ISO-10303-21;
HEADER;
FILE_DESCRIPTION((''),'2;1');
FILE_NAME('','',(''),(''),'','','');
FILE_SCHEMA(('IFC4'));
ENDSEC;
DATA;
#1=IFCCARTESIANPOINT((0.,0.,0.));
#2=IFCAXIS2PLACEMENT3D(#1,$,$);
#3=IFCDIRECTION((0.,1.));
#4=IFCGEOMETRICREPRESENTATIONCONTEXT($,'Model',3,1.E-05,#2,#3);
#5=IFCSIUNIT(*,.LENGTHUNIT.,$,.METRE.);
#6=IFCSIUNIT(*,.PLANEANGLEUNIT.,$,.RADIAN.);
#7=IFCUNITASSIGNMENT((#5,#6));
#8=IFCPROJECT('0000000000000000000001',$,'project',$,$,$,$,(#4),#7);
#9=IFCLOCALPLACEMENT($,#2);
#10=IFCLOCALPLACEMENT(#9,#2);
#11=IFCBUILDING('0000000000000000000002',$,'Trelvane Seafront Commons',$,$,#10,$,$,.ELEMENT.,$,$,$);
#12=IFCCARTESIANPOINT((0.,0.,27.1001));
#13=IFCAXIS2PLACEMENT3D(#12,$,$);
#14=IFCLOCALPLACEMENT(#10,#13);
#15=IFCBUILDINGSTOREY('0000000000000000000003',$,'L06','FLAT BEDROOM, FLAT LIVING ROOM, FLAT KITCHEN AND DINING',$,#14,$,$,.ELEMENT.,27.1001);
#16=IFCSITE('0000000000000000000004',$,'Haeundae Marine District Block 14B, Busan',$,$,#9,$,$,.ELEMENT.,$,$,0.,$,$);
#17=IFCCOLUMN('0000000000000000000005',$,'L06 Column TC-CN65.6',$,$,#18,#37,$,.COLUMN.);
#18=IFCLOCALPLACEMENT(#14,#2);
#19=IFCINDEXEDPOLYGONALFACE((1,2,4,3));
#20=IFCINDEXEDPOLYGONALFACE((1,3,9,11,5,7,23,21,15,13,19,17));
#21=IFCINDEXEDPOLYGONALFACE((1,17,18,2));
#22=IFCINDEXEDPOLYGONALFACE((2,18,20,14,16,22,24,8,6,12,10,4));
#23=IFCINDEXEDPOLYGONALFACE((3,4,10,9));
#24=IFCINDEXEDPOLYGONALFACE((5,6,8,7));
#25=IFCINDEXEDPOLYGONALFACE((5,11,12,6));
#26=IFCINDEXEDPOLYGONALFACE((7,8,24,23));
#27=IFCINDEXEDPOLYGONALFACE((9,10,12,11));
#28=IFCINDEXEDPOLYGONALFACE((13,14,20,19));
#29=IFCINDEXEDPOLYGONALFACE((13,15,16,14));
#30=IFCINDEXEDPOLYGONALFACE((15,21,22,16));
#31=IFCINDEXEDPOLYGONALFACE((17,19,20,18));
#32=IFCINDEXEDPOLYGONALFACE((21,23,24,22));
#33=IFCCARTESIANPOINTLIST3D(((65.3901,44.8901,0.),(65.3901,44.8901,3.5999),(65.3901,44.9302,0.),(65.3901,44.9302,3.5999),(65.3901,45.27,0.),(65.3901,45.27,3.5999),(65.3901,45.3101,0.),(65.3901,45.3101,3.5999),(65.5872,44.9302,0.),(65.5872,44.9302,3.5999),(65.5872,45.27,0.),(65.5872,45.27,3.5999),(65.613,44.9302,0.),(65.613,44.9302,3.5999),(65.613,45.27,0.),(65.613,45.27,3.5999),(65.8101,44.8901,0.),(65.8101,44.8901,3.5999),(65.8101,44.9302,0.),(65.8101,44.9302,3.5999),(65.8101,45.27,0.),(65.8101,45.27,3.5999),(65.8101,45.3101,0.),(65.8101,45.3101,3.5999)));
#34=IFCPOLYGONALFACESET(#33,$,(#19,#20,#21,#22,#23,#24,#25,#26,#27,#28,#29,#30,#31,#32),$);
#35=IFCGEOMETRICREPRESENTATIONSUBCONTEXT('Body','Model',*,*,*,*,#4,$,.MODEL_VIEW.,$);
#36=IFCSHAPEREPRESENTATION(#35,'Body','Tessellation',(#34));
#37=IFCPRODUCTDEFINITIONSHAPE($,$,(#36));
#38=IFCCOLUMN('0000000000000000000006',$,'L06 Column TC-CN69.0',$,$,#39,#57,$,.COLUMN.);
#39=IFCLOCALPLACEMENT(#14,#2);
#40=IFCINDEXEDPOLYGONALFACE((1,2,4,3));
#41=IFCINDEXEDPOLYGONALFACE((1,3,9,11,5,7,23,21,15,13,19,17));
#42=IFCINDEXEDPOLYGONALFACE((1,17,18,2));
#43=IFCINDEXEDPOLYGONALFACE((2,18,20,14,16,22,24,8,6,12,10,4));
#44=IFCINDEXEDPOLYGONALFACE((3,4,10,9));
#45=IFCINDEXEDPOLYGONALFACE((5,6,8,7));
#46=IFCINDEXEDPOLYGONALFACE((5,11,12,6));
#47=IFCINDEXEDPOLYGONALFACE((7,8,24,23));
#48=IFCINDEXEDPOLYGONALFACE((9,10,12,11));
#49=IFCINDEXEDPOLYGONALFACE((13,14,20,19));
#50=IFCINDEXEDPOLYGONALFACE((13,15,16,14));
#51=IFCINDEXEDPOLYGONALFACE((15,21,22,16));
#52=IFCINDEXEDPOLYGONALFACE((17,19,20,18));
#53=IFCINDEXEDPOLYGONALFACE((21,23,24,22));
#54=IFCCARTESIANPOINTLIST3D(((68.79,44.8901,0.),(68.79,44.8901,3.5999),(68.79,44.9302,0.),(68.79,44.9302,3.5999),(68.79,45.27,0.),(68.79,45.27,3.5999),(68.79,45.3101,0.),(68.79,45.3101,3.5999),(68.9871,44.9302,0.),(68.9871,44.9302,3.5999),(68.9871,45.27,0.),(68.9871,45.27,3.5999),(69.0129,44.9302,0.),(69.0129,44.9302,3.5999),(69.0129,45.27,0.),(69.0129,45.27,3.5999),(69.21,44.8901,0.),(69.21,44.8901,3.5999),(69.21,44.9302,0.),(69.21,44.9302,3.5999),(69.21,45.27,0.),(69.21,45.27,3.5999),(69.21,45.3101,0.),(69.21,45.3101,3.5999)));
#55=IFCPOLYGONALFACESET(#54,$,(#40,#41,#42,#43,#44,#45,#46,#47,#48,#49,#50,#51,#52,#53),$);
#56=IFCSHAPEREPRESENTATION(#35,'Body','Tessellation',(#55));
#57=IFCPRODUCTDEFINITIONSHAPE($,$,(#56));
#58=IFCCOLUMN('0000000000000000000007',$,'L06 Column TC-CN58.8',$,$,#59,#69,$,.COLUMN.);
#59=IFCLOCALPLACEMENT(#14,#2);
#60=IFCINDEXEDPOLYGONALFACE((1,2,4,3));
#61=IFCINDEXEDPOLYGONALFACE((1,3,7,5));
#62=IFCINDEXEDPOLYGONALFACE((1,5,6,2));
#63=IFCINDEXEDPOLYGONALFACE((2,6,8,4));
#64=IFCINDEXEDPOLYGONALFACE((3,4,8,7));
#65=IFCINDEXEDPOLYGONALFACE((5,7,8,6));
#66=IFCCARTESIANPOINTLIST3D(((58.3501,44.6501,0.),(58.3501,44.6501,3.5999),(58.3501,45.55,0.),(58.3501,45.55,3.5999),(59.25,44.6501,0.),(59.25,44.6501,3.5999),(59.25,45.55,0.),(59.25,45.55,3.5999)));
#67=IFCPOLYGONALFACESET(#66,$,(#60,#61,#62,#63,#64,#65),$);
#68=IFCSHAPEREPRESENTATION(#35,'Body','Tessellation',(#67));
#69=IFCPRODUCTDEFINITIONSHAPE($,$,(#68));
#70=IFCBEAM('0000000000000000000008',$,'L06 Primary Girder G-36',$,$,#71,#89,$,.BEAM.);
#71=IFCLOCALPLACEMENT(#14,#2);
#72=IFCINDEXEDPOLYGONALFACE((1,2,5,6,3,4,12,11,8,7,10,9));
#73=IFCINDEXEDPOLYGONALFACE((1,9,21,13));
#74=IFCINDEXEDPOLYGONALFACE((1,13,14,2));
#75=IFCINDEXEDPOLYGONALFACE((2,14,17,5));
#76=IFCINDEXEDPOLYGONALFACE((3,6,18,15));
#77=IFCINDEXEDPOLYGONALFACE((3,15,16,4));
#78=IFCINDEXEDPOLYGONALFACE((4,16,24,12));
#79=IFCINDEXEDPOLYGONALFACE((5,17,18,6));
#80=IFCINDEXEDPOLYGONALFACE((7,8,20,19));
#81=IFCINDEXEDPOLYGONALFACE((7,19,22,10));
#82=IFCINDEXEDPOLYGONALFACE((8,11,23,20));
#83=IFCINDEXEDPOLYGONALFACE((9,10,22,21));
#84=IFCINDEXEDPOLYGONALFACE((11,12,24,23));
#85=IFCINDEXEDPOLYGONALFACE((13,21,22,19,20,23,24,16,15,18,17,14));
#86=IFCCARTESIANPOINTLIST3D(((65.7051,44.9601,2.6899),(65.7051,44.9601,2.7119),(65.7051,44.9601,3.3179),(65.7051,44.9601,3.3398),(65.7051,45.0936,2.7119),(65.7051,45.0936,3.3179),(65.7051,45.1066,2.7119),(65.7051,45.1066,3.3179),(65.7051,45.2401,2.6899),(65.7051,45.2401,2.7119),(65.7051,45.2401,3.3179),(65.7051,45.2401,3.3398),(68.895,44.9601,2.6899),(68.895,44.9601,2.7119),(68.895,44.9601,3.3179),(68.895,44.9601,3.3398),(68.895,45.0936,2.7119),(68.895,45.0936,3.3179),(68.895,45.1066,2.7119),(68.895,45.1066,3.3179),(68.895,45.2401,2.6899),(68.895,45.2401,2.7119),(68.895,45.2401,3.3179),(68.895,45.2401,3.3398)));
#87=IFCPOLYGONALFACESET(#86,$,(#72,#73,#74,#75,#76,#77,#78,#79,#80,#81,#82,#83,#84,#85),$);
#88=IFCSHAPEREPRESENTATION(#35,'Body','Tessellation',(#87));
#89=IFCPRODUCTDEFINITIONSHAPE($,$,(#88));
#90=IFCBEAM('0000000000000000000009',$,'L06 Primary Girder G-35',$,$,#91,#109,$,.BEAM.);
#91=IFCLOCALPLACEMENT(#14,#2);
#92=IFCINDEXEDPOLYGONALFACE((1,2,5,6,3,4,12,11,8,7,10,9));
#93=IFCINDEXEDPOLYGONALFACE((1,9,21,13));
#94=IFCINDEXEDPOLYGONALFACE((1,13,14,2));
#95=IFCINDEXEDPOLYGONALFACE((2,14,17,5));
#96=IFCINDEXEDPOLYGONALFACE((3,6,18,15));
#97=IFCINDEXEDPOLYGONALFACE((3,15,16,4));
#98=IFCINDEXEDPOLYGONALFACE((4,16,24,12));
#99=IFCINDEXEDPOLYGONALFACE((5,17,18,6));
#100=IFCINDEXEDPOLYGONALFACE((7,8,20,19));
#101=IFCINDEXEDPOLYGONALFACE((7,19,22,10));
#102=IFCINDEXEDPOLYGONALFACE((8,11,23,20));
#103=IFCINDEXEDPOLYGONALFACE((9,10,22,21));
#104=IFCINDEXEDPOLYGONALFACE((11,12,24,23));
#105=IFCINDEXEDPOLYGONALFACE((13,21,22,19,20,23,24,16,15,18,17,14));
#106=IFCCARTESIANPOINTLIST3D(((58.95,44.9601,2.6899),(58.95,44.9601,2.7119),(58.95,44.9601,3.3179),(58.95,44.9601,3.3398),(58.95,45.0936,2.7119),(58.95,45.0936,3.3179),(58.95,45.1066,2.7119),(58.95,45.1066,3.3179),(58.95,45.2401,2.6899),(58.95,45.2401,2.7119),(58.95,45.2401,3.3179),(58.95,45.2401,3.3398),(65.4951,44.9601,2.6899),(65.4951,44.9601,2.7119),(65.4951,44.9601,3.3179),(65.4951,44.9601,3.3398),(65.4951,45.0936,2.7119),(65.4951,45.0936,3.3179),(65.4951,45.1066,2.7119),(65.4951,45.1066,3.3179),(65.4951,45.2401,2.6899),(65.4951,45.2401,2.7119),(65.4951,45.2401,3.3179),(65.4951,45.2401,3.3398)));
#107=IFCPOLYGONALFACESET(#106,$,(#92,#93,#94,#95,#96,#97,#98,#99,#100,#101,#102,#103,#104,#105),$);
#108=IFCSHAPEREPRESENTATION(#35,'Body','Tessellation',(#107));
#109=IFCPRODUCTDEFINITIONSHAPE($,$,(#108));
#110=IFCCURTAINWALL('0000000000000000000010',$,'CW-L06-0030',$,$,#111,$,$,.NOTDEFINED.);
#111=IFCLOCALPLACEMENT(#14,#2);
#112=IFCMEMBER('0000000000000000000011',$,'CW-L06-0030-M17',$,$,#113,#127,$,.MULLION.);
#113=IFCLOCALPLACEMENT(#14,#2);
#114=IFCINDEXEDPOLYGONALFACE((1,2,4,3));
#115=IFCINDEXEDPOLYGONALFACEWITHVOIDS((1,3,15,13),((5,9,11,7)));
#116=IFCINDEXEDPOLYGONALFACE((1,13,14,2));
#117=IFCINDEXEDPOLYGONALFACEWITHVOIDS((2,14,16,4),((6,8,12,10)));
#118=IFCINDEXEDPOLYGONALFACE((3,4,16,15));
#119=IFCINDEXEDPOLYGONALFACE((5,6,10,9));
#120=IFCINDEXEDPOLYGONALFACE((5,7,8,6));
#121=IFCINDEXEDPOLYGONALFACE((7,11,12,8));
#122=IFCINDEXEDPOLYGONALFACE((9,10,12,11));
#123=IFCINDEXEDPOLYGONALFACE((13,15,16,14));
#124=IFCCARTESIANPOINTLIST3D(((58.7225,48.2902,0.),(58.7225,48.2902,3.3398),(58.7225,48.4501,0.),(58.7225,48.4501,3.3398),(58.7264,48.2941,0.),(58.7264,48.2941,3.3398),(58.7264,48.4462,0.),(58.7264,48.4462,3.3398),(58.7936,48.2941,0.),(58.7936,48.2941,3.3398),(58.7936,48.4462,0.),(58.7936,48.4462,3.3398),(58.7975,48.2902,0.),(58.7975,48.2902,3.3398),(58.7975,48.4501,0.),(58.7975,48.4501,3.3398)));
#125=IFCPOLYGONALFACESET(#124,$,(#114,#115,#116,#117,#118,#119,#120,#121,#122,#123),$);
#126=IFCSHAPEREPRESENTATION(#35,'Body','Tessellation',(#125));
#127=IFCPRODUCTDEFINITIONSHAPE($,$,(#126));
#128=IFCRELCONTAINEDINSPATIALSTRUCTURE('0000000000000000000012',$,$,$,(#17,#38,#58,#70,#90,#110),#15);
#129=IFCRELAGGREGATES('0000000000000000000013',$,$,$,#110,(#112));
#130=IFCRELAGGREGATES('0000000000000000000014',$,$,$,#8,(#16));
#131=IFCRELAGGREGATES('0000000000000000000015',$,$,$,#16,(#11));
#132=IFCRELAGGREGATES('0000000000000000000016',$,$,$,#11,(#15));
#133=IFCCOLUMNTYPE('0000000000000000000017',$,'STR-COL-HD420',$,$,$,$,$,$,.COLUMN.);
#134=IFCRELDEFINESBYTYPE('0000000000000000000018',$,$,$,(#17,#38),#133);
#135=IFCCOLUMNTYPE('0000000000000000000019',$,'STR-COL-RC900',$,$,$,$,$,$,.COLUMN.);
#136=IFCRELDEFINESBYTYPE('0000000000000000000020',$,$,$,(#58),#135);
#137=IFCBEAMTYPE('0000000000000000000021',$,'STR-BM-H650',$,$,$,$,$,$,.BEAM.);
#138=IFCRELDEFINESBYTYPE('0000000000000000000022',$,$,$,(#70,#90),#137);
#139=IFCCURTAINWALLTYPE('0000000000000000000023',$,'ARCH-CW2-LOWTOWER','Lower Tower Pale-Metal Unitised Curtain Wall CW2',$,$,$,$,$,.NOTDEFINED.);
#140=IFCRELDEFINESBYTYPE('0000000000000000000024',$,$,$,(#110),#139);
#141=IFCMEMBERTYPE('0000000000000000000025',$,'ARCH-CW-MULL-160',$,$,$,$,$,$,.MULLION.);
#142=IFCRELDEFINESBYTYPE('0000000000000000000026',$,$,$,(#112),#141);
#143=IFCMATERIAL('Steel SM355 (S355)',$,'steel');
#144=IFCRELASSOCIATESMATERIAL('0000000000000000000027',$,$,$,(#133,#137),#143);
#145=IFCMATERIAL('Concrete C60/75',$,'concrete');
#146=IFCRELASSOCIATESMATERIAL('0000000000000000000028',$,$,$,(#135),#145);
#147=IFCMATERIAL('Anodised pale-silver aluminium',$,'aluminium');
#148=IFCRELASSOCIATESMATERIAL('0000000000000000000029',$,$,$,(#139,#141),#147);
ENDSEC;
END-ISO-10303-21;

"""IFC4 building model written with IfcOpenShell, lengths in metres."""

from ifc_helpers import new_model, si_unit, direction, frame, origin, origin_2d, place, context, subcontext, project, spatial, rectangle, hollow_rectangle, i_section, extrude, source, transform, mapped, material, material_profile, profile_set, type_object, element, aggregate, save


model = new_model("IFC4")

# Units and contexts
model_context = context("Model", 3, precision=1e-05, world=origin(), true_north=direction((0.0, 1.0)))
body_context = subcontext(model_context, "Body", "Model", "MODEL_VIEW")
ifc_project = project(units=[si_unit("LENGTHUNIT", "METRE"), si_unit("PLANEANGLEUNIT", "RADIAN")], contexts=[model_context])

# Site, building, storey
site_placement = place(None, origin())
site = spatial("IfcSite", under=ifc_project, at=site_placement, Name="Haeundae Marine District Block 14B, Busan", CompositionType="ELEMENT", RefElevation=0.0)
building_placement = place(site_placement, origin())
building = spatial("IfcBuilding", under=site, at=building_placement, Name="Trelvane Seafront Commons", CompositionType="ELEMENT")
storey_placement = place(building_placement, frame((0.0, 0.0, 27.1001)))
storey = spatial("IfcBuildingStorey", under=building, at=storey_placement, Name="L06", Description="FLAT BEDROOM, FLAT LIVING ROOM, FLAT KITCHEN AND DINING", CompositionType="ELEMENT", Elevation=27.1001)

# Columns
ifc_material_1 = material(Name="Steel SM355 (S355)", Category="steel")
ifc_material_profile_1 = material_profile(ifc_material_1, i_section(OverallWidth=0.4199, OverallDepth=0.4199, WebThickness=0.0259, FlangeThickness=0.04, at=origin_2d()), Name="HD-420x420x26x40")
ifc_profile_set_1 = profile_set([ifc_material_profile_1], Name="Steel SM355 (S355)")
column_type_1 = type_object("IfcColumnType", Name="STR-COL-HD420", PredefinedType="COLUMN", material=ifc_profile_set_1)
shared_shape_1 = source(origin(), body_context, "Body", "SweptSolid", [
    extrude(i_section(OverallWidth=0.4199, OverallDepth=0.4199, WebThickness=0.0259, FlangeThickness=0.04, at=origin_2d()), origin(), (0.0, 0.0, 1.0), 3.5999),
])
for number, where, z_axis, x_axis, name in (
    (1, (65.6001, 45.1001, 0.0), (0.0, 0.0, 1.0), (1.0, 0.0, 0.0), "L06 Column TC-CN65.6"),
    (2, (69.0, 45.1001, 0.0), (0.0, 0.0, 1.0), (1.0, 0.0, 0.0), "L06 Column TC-CN69.0"),
):
    element("IfcColumn", number, at=place(storey_placement, frame(where, z_axis=z_axis, x_axis=x_axis)), inside=storey, type_object=column_type_1, Name=name, PredefinedType="COLUMN", context=body_context, shape_type="MappedRepresentation", body=[
        mapped(shared_shape_1, transform((0.0, 0.0, 0.0), x_axis=(1.0, 0.0, 0.0), y_axis=(0.0, 1.0, 0.0), z_axis=(0.0, 0.0, 1.0), scale=1.0)),
    ])
ifc_material_2 = material(Name="Concrete C60/75", Category="concrete")
ifc_material_profile_2 = material_profile(ifc_material_2, rectangle(XDim=0.8999, YDim=0.8999, at=origin_2d()), Name="RC-900x900")
ifc_profile_set_2 = profile_set([ifc_material_profile_2], Name="Concrete C60/75")
column_type_2 = type_object("IfcColumnType", Name="STR-COL-RC900", PredefinedType="COLUMN", material=ifc_profile_set_2)
shared_shape_2 = source(origin(), body_context, "Body", "SweptSolid", [
    extrude(rectangle(XDim=0.8999, YDim=0.8999, at=origin_2d()), origin(), (0.0, 0.0, 1.0), 3.5999),
])
column_placement = place(storey_placement, frame((58.8, 45.1001, 0.0), z_axis=(0.0, 0.0, 1.0), x_axis=(1.0, 0.0, 0.0)))
element("IfcColumn", 3, at=column_placement, inside=storey, type_object=column_type_2, Name="L06 Column TC-CN58.8", PredefinedType="COLUMN", context=body_context, shape_type="MappedRepresentation", body=[
    mapped(shared_shape_2, transform((0.0, 0.0, 0.0), x_axis=(1.0, 0.0, 0.0), y_axis=(0.0, 1.0, 0.0), z_axis=(0.0, 0.0, 1.0), scale=1.0)),
])

# Beams
ifc_material_profile_3 = material_profile(ifc_material_1, i_section(OverallWidth=0.28, OverallDepth=0.6499, WebThickness=0.0129, FlangeThickness=0.022, at=origin_2d()), Name="H-650x280x13x22")
ifc_profile_set_3 = profile_set([ifc_material_profile_3], Name="Steel SM355 (S355)")
beam_type = type_object("IfcBeamType", Name="STR-BM-H650", PredefinedType="BEAM", material=ifc_profile_set_3)
shared_shape_3 = source(origin(), body_context, "Body", "SweptSolid", [
    extrude(i_section(OverallWidth=0.28, OverallDepth=0.6499, WebThickness=0.0129, FlangeThickness=0.022, at=origin_2d()), origin(), (0.0, 0.0, 1.0), 3.1899),
])
beam_1_placement = place(storey_placement, frame((65.7051, 45.1001, 3.0149), z_axis=(1.0, 0.0, 0.0), x_axis=(0.0, 1.0, 0.0)))
element("IfcBeam", 4, at=beam_1_placement, inside=storey, type_object=beam_type, Name="L06 Primary Girder G-36", PredefinedType="BEAM", context=body_context, shape_type="MappedRepresentation", body=[
    mapped(shared_shape_3, transform((0.0, 0.0, 0.0), x_axis=(1.0, 0.0, 0.0), y_axis=(0.0, 1.0, 0.0), z_axis=(0.0, 0.0, 1.0), scale=1.0)),
])
shared_shape_4 = source(origin(), body_context, "Body", "SweptSolid", [
    extrude(i_section(OverallWidth=0.28, OverallDepth=0.6499, WebThickness=0.0129, FlangeThickness=0.022, at=origin_2d()), origin(), (0.0, 0.0, 1.0), 6.5452),
])
beam_2_placement = place(storey_placement, frame((58.95, 45.1001, 3.0149), z_axis=(1.0, 0.0, 0.0), x_axis=(0.0, 1.0, 0.0)))
element("IfcBeam", 5, at=beam_2_placement, inside=storey, type_object=beam_type, Name="L06 Primary Girder G-35", PredefinedType="BEAM", context=body_context, shape_type="MappedRepresentation", body=[
    mapped(shared_shape_4, transform((0.0, 0.0, 0.0), x_axis=(1.0, 0.0, 0.0), y_axis=(0.0, 1.0, 0.0), z_axis=(0.0, 0.0, 1.0), scale=1.0)),
])

# Curtain wall, member
ifc_material_3 = material(Name="Anodised pale-silver aluminium", Category="aluminium")
curtain_wall_type = type_object("IfcCurtainWallType", Name="ARCH-CW2-LOWTOWER", Description="Lower Tower Pale-Metal Unitised Curtain Wall CW2", PredefinedType="NOTDEFINED", material=ifc_material_3)
curtain_wall_placement = place(storey_placement, origin())
curtain_wall = element("IfcCurtainWall", 6, at=curtain_wall_placement, inside=storey, type_object=curtain_wall_type, Name="CW-L06-0030", PredefinedType="NOTDEFINED")
ifc_material_profile_4 = material_profile(ifc_material_3, hollow_rectangle(XDim=0.075, YDim=0.1599, WallThickness=0.0039, at=origin_2d()), Name="MULL-75x160x4")
ifc_profile_set_4 = profile_set([ifc_material_profile_4], Name="Anodised pale-silver aluminium")
member_type = type_object("IfcMemberType", Name="ARCH-CW-MULL-160", PredefinedType="MULLION", material=ifc_profile_set_4)
shared_shape_5 = source(origin(), body_context, "Body", "SweptSolid", [
    extrude(hollow_rectangle(XDim=0.075, YDim=0.1599, WallThickness=0.0039, at=origin_2d()), origin(), (0.0, 0.0, 1.0), 3.3398),
])
member_placement = place(storey_placement, frame((58.76, 48.3701, 0.0), z_axis=(0.0, 0.0, 1.0), x_axis=(1.0, 0.0, 0.0)))
member = element("IfcMember", 7, at=member_placement, type_object=member_type, Name="CW-L06-0030-M17", PredefinedType="MULLION", context=body_context, shape_type="MappedRepresentation", body=[
    mapped(shared_shape_5, transform((0.0, 0.0, 0.0), x_axis=(1.0, 0.0, 0.0), y_axis=(0.0, 1.0, 0.0), z_axis=(0.0, 0.0, 1.0), scale=1.0)),
])
aggregate(curtain_wall, [member])

save(model, "model.ifc")
